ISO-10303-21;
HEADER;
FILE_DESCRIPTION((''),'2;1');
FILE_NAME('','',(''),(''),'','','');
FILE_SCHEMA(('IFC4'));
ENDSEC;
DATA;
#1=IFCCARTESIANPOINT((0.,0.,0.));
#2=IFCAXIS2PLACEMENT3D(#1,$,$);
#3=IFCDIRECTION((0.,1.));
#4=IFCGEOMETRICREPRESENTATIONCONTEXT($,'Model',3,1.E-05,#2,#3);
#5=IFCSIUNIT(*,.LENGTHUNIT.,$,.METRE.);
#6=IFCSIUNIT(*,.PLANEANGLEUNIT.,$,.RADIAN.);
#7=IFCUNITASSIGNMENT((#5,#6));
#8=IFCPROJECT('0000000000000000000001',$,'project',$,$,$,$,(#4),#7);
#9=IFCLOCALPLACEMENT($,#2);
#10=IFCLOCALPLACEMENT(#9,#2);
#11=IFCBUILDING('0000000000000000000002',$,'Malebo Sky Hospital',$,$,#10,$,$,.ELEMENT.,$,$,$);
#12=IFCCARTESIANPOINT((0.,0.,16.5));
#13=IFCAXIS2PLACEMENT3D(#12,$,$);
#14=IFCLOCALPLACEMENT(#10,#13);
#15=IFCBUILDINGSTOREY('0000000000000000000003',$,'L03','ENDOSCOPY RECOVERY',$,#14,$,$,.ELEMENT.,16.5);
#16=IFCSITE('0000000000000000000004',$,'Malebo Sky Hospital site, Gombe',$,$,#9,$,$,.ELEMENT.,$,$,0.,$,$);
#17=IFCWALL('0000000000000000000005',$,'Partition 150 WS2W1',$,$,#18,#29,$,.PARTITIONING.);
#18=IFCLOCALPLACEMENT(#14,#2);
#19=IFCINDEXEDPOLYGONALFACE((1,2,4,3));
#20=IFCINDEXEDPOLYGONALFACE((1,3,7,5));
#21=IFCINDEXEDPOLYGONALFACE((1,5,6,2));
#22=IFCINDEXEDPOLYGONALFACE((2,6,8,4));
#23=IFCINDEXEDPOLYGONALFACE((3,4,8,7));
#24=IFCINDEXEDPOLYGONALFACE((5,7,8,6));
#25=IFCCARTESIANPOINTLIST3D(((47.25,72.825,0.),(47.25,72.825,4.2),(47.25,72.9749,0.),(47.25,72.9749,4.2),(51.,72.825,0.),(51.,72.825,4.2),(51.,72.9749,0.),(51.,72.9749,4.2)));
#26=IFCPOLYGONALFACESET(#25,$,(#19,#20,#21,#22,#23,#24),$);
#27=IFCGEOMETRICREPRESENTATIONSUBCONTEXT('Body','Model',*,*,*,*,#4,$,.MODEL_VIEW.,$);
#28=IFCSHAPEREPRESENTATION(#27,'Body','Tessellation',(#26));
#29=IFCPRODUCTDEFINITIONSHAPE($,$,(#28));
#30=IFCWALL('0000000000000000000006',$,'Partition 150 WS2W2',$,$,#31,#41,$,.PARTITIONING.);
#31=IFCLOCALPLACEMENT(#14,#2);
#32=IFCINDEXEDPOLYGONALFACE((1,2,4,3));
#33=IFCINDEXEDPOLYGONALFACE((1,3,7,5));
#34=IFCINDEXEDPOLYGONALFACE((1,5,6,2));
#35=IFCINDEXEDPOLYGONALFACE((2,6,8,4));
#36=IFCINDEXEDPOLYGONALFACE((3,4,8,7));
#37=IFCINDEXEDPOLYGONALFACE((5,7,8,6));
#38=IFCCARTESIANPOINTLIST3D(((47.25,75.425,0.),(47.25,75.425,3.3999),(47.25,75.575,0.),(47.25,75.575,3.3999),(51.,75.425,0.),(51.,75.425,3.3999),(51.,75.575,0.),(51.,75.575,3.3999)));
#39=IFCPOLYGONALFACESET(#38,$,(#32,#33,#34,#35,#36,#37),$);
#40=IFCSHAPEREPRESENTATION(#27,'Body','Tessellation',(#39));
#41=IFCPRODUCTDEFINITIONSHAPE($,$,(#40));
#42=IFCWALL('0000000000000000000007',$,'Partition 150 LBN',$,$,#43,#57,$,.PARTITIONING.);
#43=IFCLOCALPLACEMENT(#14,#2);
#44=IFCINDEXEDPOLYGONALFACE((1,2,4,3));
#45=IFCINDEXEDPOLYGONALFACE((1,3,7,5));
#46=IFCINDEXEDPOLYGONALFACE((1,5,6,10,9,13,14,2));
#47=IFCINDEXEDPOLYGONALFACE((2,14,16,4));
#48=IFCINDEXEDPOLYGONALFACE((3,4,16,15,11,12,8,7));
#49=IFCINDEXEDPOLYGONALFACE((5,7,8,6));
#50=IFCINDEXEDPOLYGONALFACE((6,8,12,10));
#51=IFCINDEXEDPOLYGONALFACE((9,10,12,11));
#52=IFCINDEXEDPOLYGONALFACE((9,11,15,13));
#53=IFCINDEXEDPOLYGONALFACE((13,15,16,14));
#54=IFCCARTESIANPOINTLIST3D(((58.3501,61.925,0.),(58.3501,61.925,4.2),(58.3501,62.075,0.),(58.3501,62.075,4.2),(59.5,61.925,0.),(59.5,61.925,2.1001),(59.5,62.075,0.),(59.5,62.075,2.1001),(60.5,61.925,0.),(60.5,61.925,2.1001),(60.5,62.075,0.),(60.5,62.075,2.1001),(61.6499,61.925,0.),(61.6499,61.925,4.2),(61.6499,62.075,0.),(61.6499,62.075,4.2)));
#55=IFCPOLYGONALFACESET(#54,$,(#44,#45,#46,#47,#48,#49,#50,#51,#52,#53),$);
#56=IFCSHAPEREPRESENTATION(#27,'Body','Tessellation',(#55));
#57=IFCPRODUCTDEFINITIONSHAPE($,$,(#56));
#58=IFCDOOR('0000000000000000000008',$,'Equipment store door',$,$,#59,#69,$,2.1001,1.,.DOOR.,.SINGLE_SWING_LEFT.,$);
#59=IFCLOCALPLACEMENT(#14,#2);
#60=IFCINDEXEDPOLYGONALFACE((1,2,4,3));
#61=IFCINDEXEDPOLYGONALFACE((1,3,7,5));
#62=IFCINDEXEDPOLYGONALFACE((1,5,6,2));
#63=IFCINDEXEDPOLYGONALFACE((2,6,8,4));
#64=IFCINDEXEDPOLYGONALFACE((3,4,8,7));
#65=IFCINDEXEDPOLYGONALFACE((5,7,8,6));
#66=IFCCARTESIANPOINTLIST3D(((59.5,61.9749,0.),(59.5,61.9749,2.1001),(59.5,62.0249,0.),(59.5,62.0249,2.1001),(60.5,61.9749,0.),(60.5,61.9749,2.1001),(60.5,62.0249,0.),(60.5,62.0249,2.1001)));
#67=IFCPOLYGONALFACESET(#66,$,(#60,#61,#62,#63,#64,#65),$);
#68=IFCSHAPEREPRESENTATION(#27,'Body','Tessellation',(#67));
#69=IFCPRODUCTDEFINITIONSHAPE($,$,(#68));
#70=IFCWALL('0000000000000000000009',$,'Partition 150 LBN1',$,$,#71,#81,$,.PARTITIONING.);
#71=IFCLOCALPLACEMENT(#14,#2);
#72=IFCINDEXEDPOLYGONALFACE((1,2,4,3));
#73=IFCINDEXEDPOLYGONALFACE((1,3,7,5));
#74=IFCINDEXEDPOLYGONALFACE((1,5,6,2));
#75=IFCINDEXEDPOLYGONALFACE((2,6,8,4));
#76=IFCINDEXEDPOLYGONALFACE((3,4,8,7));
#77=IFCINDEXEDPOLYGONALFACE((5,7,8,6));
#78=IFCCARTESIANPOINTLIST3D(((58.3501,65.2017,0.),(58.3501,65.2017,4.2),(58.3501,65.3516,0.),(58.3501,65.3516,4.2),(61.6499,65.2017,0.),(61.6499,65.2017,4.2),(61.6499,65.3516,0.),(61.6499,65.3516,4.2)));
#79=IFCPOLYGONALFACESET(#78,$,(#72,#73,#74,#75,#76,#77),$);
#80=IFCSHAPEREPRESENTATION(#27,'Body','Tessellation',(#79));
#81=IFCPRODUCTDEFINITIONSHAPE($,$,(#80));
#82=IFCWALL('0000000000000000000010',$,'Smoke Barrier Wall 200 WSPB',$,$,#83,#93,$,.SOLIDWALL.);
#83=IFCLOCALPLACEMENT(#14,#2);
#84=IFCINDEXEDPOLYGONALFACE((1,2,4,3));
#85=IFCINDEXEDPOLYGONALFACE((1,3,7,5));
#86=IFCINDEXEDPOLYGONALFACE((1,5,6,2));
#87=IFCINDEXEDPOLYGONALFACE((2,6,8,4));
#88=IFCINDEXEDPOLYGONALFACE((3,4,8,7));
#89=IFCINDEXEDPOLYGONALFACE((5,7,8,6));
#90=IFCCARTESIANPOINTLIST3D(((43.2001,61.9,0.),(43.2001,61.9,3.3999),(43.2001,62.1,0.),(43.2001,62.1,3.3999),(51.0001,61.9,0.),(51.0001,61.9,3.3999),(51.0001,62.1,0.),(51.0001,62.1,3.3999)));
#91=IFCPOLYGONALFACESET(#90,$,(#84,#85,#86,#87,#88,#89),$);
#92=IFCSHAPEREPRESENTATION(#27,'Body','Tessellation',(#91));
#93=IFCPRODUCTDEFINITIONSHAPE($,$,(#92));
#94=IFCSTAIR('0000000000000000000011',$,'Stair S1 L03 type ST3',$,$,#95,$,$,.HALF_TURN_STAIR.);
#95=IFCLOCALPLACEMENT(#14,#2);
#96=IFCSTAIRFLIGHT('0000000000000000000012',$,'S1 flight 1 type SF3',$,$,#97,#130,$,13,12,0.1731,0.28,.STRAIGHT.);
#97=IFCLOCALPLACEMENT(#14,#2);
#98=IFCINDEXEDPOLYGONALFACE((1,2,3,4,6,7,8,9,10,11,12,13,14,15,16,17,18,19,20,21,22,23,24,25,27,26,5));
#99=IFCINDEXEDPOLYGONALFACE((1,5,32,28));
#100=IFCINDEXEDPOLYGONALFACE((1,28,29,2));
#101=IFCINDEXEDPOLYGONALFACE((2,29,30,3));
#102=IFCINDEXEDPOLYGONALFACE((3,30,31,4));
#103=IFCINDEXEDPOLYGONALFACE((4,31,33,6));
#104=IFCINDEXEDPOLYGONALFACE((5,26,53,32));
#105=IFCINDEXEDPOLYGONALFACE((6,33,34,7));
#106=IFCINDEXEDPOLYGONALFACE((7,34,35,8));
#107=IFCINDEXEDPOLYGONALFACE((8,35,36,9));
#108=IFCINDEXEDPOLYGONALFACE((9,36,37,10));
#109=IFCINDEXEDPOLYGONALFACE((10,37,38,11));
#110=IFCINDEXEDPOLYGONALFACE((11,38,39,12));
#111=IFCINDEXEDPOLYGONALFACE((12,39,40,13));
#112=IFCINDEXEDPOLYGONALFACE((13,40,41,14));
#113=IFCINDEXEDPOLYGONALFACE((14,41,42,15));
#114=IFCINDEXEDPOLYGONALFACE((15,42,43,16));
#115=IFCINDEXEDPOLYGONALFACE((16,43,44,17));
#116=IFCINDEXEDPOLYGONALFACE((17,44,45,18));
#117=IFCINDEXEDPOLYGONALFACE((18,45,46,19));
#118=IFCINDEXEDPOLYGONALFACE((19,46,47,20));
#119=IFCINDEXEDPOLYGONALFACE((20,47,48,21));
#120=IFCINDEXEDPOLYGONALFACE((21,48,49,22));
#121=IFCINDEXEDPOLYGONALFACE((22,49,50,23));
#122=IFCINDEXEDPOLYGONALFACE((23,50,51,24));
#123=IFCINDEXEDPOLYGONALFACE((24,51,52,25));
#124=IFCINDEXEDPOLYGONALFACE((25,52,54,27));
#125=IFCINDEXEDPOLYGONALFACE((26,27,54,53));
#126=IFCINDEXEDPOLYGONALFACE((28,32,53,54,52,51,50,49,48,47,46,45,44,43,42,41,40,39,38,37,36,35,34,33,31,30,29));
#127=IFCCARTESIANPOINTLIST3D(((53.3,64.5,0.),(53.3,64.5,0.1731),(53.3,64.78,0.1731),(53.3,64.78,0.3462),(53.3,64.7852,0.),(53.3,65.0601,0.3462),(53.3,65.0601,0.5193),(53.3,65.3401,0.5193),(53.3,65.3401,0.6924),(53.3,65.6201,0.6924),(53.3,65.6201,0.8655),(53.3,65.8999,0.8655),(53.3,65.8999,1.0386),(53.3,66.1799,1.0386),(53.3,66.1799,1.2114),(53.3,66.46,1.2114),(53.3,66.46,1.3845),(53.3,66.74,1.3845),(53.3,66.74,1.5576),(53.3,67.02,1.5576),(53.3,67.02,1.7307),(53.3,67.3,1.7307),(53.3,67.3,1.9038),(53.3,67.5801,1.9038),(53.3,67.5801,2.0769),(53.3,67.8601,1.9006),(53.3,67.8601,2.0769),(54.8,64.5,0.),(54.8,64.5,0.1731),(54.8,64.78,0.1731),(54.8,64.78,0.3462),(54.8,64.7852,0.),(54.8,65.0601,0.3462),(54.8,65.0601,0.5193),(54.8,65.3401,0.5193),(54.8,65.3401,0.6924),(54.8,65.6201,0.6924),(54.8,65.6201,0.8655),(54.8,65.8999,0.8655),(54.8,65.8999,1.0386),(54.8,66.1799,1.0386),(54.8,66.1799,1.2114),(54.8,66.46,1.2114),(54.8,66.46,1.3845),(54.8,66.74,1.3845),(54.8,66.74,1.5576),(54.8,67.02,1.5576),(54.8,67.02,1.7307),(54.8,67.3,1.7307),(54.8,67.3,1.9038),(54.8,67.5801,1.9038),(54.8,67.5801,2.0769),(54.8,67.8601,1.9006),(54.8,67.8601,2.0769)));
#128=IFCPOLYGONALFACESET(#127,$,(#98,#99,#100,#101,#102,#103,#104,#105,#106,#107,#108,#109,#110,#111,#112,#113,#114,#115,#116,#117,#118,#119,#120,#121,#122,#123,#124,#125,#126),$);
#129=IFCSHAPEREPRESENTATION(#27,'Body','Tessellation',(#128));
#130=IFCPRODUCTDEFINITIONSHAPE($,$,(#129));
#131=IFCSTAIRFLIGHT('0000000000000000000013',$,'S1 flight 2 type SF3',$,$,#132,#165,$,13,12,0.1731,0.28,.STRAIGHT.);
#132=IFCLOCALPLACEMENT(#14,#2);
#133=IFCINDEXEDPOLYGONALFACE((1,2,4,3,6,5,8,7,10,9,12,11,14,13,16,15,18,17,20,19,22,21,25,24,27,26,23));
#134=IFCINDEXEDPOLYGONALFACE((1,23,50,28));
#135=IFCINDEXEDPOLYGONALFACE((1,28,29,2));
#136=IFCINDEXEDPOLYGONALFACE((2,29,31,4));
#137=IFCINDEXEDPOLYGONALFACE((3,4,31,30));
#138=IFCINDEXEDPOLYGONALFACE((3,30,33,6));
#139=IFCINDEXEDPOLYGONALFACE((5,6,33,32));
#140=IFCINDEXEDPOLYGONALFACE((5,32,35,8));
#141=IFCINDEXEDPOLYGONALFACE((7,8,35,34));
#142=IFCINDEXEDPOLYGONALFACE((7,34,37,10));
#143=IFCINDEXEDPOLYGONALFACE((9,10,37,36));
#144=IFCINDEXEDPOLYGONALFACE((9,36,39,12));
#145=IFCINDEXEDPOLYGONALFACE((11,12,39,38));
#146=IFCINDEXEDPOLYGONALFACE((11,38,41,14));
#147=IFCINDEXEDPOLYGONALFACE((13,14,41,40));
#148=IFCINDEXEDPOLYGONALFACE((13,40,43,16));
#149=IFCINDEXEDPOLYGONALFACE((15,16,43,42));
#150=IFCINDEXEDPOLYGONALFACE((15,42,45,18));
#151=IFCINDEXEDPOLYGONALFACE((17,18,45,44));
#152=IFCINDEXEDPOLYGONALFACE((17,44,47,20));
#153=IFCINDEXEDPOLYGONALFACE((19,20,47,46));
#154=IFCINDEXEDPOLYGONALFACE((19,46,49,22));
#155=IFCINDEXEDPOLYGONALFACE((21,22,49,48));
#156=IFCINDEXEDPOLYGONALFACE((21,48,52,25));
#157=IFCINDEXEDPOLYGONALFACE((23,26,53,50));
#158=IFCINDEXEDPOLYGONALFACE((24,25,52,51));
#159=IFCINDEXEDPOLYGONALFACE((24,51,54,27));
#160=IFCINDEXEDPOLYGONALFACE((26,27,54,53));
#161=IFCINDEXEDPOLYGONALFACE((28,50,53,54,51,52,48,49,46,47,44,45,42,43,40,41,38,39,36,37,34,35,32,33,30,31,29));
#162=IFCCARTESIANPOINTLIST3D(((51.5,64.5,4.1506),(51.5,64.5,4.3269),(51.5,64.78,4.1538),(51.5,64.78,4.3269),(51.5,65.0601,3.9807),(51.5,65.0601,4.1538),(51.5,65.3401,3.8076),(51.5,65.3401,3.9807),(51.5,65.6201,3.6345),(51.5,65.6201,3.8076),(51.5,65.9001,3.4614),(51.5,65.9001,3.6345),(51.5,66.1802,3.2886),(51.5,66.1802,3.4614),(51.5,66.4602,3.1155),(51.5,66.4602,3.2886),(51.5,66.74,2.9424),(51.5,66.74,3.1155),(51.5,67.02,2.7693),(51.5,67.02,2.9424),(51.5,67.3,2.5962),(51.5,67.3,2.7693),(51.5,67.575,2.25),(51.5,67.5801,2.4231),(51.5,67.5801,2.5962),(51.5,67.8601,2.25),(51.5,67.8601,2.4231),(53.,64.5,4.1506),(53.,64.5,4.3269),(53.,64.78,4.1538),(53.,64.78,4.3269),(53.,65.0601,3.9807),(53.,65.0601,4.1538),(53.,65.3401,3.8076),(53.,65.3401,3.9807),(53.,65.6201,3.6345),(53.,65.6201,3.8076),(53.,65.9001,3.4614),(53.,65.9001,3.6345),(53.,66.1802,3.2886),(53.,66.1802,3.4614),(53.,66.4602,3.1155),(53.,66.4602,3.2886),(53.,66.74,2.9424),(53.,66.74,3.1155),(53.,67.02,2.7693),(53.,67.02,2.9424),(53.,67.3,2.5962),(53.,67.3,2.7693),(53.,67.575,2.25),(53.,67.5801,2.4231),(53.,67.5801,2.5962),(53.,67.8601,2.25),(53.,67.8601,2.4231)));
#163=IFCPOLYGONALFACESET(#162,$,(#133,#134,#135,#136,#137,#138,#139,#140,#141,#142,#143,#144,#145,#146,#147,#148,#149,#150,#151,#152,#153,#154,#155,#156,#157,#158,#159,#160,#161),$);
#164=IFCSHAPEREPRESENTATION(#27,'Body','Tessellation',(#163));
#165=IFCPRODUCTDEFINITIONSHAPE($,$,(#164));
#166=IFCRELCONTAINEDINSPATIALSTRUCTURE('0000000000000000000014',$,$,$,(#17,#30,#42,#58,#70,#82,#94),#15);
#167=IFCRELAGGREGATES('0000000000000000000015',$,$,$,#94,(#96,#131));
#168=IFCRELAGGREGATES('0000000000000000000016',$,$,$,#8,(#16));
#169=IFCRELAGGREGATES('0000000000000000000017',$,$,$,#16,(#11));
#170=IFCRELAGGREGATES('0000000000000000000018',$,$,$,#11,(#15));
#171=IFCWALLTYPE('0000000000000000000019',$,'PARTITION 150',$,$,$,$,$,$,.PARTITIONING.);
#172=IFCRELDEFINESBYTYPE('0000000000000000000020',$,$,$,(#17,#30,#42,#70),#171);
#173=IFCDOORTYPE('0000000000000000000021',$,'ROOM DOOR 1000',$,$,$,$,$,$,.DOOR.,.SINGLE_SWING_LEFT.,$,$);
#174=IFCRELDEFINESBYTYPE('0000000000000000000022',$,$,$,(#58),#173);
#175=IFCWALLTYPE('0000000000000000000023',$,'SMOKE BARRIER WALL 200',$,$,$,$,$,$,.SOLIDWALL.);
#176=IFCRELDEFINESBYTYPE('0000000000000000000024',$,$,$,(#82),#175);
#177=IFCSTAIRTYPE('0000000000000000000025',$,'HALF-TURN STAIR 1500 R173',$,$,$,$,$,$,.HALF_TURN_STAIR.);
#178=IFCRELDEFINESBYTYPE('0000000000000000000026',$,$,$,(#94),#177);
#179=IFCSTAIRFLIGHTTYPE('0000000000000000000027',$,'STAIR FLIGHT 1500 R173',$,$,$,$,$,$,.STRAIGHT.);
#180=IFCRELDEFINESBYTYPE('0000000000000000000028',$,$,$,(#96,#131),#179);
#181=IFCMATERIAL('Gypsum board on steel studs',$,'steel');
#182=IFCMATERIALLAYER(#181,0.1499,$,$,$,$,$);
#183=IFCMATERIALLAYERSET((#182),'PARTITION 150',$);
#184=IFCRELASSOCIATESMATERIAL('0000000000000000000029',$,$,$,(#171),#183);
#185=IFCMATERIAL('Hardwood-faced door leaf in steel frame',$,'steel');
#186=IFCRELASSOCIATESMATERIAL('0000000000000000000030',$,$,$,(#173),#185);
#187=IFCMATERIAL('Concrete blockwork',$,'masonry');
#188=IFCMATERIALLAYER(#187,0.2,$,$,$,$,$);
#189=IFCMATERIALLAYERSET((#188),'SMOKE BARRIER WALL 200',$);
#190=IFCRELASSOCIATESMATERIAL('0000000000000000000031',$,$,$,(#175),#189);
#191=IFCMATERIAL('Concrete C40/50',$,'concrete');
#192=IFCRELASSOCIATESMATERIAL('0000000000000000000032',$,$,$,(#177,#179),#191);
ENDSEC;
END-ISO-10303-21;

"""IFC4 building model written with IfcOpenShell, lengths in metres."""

from ifc_helpers import new_model, si_unit, direction, frame, frame_2d, origin, place, context, subcontext, project, spatial, polyline, rectangle, outline, extrude, material, layer, layer_set, type_object, element, fill, aggregate, save


model = new_model("IFC4")

# Units and contexts
model_context = context("Model", 3, precision=1e-05, world=origin(), true_north=direction((0.0, 1.0)))
body_context = subcontext(model_context, "Body", "Model", "MODEL_VIEW")
ifc_project = project(units=[si_unit("LENGTHUNIT", "METRE"), si_unit("PLANEANGLEUNIT", "RADIAN")], contexts=[model_context])

# Site, building, storey
site_placement = place(None, origin())
site = spatial("IfcSite", under=ifc_project, at=site_placement, Name="Malebo Sky Hospital site, Gombe", CompositionType="ELEMENT", RefElevation=0.0)
building_placement = place(site_placement, origin())
building = spatial("IfcBuilding", under=site, at=building_placement, Name="Malebo Sky Hospital", CompositionType="ELEMENT")
storey_placement = place(building_placement, frame((0.0, 0.0, 16.5)))
storey = spatial("IfcBuildingStorey", under=building, at=storey_placement, Name="L03", Description="ENDOSCOPY RECOVERY", CompositionType="ELEMENT", Elevation=16.5)

# Shared definitions
ifc_material_1 = material(Name="Hardwood-faced door leaf in steel frame", Category="steel")

# Shared definitions
ifc_material_2 = material(Name="Gypsum board on steel studs", Category="steel")
ifc_layer_1 = layer(ifc_material_2, 0.1499)
ifc_layer_set_1 = layer_set([ifc_layer_1], Name="PARTITION 150")
wall_type_1 = type_object("IfcWallType", Name="PARTITION 150", PredefinedType="PARTITIONING", material=ifc_layer_set_1)

# Shared definitions
door_type_1 = type_object("IfcDoorType", Name="ROOM DOOR 1000", OperationType="SINGLE_SWING_LEFT", PredefinedType="DOOR", material=ifc_material_1)

# Walls
wall_1_placement = place(storey_placement, frame((51.0, 72.8999, 0.0), z_axis=(0.0, 0.0, 1.0), x_axis=(-1.0, 0.0, 0.0)))
element("IfcWall", 1, at=wall_1_placement, inside=storey, type_object=wall_type_1, Name="Partition 150 WS2W1", PredefinedType="PARTITIONING", context=body_context, shape_type="SweptSolid", body=[
    extrude(rectangle(XDim=3.75, YDim=0.1499, at=frame_2d((1.875, 0.0))), origin(), (0.0, 0.0, 1.0), 4.2),
])
wall_2_placement = place(storey_placement, frame((51.0, 75.5, 0.0), z_axis=(0.0, 0.0, 1.0), x_axis=(-1.0, 0.0, 0.0)))
element("IfcWall", 2, at=wall_2_placement, inside=storey, type_object=wall_type_1, Name="Partition 150 WS2W2", PredefinedType="PARTITIONING", context=body_context, shape_type="SweptSolid", body=[
    extrude(rectangle(XDim=3.75, YDim=0.1499, at=frame_2d((1.875, 0.0))), origin(), (0.0, 0.0, 1.0), 3.3999),
])

# Wall, opening, door
wall_3_placement = place(storey_placement, frame((58.3501, 62.0, 0.0), z_axis=(0.0, 0.0, 1.0), x_axis=(1.0, 0.0, 0.0)))
wall_3 = element("IfcWall", 3, at=wall_3_placement, inside=storey, type_object=wall_type_1, Name="Partition 150 LBN", PredefinedType="PARTITIONING", context=body_context, shape_type="SweptSolid", body=[
    extrude(rectangle(XDim=3.2998, YDim=0.1499, at=frame_2d((1.6499, 0.0))), origin(), (0.0, 0.0, 1.0), 4.2),
])
opening_1_placement = place(wall_3_placement, frame((1.1499, 0.0, 0.0)))
opening_1 = element("IfcOpeningElement", 4, at=opening_1_placement, cuts=wall_3, PredefinedType="OPENING", context=body_context, shape_type="SweptSolid", body=[
    extrude(rectangle(XDim=1.0, YDim=2.1001, at=frame_2d((0.5, 1.05))), frame((0.0, 0.085, 0.0), z_axis=(0.0, -1.0, 0.0), x_axis=(1.0, 0.0, 0.0)), (0.0, 0.0, 1.0), 0.1699),
])
door_1_placement = place(opening_1_placement, origin())
door_1 = element("IfcDoor", 5, at=door_1_placement, inside=storey, type_object=door_type_1, Name="Equipment store door", OperationType="SINGLE_SWING_LEFT", OverallHeight=2.1001, OverallWidth=1.0, PredefinedType="DOOR", context=body_context, shape_type="SweptSolid", body=[
    extrude(rectangle(XDim=1.0, YDim=2.1001, at=frame_2d((0.5, 1.05))), frame((0.0, 0.0249, 0.0), z_axis=(0.0, -1.0, 0.0), x_axis=(1.0, 0.0, 0.0)), (0.0, 0.0, 1.0), 0.05),
])
fill(opening_1, door_1)

# Walls
wall_4_placement = place(storey_placement, frame((58.3501, 65.2766, 0.0), z_axis=(0.0, 0.0, 1.0), x_axis=(1.0, 0.0, 0.0)))
element("IfcWall", 6, at=wall_4_placement, inside=storey, type_object=wall_type_1, Name="Partition 150 LBN1", PredefinedType="PARTITIONING", context=body_context, shape_type="SweptSolid", body=[
    extrude(rectangle(XDim=3.2998, YDim=0.1499, at=frame_2d((1.6499, 0.0))), origin(), (0.0, 0.0, 1.0), 4.2),
])
ifc_material_3 = material(Name="Concrete blockwork", Category="masonry")
ifc_layer_2 = layer(ifc_material_3, 0.2)
ifc_layer_set_2 = layer_set([ifc_layer_2], Name="SMOKE BARRIER WALL 200")
wall_type_2 = type_object("IfcWallType", Name="SMOKE BARRIER WALL 200", PredefinedType="SOLIDWALL", material=ifc_layer_set_2)
wall_5_placement = place(storey_placement, frame((51.0, 62.0, 0.0), z_axis=(0.0, 0.0, 1.0), x_axis=(-1.0, 0.0, 0.0)))
element("IfcWall", 7, at=wall_5_placement, inside=storey, type_object=wall_type_2, Name="Smoke Barrier Wall 200 WSPB", PredefinedType="SOLIDWALL", context=body_context, shape_type="SweptSolid", body=[
    extrude(rectangle(XDim=7.8, YDim=0.2, at=frame_2d((3.8999, 0.0))), origin(), (0.0, 0.0, 1.0), 3.3999),
])

# Stair, stair flights
ifc_material_4 = material(Name="Concrete C40/50", Category="concrete")
stair_type = type_object("IfcStairType", Name="HALF-TURN STAIR 1500 R173", PredefinedType="HALF_TURN_STAIR", material=ifc_material_4)
stair_placement = place(storey_placement, origin())
stair = element("IfcStair", 8, at=stair_placement, inside=storey, type_object=stair_type, Name="Stair S1 L03 type ST3", PredefinedType="HALF_TURN_STAIR")
stair_flight_type = type_object("IfcStairFlightType", Name="STAIR FLIGHT 1500 R173", PredefinedType="STRAIGHT", material=ifc_material_4)
stair_flight_1_placement = place(storey_placement, frame((54.05, 64.5, 0.0), z_axis=(0.0, 0.0, 1.0), x_axis=(0.0, 1.0, 0.0)))
stair_flight_1 = element("IfcStairFlight", 9, at=stair_flight_1_placement, type_object=stair_flight_type, Name="S1 flight 1 type SF3", NumberOfRisers=13, NumberOfTreads=12, PredefinedType="STRAIGHT", RiserHeight=0.1731, TreadLength=0.28, context=body_context, shape_type="SweptSolid", body=[
    extrude(outline(polyline([(0.0, 0.0), (0.0, 0.1731), (0.28, 0.1731), (0.28, 0.3462), (0.5601, 0.3462), (0.5601, 0.5193), (0.8401, 0.5193), (0.8401, 0.6924), (1.1201, 0.6924), (1.1201, 0.8655), (1.3999, 0.8655), (1.3999, 1.0386), (1.6799, 1.0386), (1.6799, 1.2114), (1.96, 1.2114), (1.96, 1.3845), (2.24, 1.3845), (2.24, 1.5576), (2.52, 1.5576), (2.52, 1.7307), (2.8, 1.7307), (2.8, 1.9038), (3.0801, 1.9038), (3.0801, 2.0769), (3.3601, 2.0769), (3.3601, 2.25), (3.3601, 1.9006), (0.2852, 0.0), (0.0, 0.0)])), frame((0.0, 0.75, 0.0), z_axis=(0.0, -1.0, 0.0), x_axis=(1.0, 0.0, 0.0)), (0.0, 0.0, 1.0), 1.5),
])
stair_flight_2_placement = place(storey_placement, frame((52.25, 67.8601, 2.25), z_axis=(0.0, 0.0, 1.0), x_axis=(0.0, -1.0, 0.0)))
stair_flight_2 = element("IfcStairFlight", 10, at=stair_flight_2_placement, type_object=stair_flight_type, Name="S1 flight 2 type SF3", NumberOfRisers=13, NumberOfTreads=12, PredefinedType="STRAIGHT", RiserHeight=0.1731, TreadLength=0.28, context=body_context, shape_type="SweptSolid", body=[
    extrude(outline(polyline([(0.0, 0.0), (0.0, 0.1731), (0.28, 0.1731), (0.28, 0.3462), (0.5601, 0.3462), (0.5601, 0.5193), (0.8401, 0.5193), (0.8401, 0.6924), (1.1201, 0.6924), (1.1201, 0.8655), (1.3999, 0.8655), (1.3999, 1.0386), (1.6799, 1.0386), (1.6799, 1.2114), (1.96, 1.2114), (1.96, 1.3845), (2.24, 1.3845), (2.24, 1.5576), (2.52, 1.5576), (2.52, 1.7307), (2.8, 1.7307), (2.8, 1.9038), (3.0801, 1.9038), (3.0801, 2.0769), (3.3601, 2.0769), (3.3601, 2.25), (3.3601, 1.9006), (0.2852, 0.0), (0.0, 0.0)])), frame((0.0, 0.75, 0.0), z_axis=(0.0, -1.0, 0.0), x_axis=(1.0, 0.0, 0.0)), (0.0, 0.0, 1.0), 1.5),
])
aggregate(stair, [stair_flight_1, stair_flight_2])

save(model, "model.ifc")
